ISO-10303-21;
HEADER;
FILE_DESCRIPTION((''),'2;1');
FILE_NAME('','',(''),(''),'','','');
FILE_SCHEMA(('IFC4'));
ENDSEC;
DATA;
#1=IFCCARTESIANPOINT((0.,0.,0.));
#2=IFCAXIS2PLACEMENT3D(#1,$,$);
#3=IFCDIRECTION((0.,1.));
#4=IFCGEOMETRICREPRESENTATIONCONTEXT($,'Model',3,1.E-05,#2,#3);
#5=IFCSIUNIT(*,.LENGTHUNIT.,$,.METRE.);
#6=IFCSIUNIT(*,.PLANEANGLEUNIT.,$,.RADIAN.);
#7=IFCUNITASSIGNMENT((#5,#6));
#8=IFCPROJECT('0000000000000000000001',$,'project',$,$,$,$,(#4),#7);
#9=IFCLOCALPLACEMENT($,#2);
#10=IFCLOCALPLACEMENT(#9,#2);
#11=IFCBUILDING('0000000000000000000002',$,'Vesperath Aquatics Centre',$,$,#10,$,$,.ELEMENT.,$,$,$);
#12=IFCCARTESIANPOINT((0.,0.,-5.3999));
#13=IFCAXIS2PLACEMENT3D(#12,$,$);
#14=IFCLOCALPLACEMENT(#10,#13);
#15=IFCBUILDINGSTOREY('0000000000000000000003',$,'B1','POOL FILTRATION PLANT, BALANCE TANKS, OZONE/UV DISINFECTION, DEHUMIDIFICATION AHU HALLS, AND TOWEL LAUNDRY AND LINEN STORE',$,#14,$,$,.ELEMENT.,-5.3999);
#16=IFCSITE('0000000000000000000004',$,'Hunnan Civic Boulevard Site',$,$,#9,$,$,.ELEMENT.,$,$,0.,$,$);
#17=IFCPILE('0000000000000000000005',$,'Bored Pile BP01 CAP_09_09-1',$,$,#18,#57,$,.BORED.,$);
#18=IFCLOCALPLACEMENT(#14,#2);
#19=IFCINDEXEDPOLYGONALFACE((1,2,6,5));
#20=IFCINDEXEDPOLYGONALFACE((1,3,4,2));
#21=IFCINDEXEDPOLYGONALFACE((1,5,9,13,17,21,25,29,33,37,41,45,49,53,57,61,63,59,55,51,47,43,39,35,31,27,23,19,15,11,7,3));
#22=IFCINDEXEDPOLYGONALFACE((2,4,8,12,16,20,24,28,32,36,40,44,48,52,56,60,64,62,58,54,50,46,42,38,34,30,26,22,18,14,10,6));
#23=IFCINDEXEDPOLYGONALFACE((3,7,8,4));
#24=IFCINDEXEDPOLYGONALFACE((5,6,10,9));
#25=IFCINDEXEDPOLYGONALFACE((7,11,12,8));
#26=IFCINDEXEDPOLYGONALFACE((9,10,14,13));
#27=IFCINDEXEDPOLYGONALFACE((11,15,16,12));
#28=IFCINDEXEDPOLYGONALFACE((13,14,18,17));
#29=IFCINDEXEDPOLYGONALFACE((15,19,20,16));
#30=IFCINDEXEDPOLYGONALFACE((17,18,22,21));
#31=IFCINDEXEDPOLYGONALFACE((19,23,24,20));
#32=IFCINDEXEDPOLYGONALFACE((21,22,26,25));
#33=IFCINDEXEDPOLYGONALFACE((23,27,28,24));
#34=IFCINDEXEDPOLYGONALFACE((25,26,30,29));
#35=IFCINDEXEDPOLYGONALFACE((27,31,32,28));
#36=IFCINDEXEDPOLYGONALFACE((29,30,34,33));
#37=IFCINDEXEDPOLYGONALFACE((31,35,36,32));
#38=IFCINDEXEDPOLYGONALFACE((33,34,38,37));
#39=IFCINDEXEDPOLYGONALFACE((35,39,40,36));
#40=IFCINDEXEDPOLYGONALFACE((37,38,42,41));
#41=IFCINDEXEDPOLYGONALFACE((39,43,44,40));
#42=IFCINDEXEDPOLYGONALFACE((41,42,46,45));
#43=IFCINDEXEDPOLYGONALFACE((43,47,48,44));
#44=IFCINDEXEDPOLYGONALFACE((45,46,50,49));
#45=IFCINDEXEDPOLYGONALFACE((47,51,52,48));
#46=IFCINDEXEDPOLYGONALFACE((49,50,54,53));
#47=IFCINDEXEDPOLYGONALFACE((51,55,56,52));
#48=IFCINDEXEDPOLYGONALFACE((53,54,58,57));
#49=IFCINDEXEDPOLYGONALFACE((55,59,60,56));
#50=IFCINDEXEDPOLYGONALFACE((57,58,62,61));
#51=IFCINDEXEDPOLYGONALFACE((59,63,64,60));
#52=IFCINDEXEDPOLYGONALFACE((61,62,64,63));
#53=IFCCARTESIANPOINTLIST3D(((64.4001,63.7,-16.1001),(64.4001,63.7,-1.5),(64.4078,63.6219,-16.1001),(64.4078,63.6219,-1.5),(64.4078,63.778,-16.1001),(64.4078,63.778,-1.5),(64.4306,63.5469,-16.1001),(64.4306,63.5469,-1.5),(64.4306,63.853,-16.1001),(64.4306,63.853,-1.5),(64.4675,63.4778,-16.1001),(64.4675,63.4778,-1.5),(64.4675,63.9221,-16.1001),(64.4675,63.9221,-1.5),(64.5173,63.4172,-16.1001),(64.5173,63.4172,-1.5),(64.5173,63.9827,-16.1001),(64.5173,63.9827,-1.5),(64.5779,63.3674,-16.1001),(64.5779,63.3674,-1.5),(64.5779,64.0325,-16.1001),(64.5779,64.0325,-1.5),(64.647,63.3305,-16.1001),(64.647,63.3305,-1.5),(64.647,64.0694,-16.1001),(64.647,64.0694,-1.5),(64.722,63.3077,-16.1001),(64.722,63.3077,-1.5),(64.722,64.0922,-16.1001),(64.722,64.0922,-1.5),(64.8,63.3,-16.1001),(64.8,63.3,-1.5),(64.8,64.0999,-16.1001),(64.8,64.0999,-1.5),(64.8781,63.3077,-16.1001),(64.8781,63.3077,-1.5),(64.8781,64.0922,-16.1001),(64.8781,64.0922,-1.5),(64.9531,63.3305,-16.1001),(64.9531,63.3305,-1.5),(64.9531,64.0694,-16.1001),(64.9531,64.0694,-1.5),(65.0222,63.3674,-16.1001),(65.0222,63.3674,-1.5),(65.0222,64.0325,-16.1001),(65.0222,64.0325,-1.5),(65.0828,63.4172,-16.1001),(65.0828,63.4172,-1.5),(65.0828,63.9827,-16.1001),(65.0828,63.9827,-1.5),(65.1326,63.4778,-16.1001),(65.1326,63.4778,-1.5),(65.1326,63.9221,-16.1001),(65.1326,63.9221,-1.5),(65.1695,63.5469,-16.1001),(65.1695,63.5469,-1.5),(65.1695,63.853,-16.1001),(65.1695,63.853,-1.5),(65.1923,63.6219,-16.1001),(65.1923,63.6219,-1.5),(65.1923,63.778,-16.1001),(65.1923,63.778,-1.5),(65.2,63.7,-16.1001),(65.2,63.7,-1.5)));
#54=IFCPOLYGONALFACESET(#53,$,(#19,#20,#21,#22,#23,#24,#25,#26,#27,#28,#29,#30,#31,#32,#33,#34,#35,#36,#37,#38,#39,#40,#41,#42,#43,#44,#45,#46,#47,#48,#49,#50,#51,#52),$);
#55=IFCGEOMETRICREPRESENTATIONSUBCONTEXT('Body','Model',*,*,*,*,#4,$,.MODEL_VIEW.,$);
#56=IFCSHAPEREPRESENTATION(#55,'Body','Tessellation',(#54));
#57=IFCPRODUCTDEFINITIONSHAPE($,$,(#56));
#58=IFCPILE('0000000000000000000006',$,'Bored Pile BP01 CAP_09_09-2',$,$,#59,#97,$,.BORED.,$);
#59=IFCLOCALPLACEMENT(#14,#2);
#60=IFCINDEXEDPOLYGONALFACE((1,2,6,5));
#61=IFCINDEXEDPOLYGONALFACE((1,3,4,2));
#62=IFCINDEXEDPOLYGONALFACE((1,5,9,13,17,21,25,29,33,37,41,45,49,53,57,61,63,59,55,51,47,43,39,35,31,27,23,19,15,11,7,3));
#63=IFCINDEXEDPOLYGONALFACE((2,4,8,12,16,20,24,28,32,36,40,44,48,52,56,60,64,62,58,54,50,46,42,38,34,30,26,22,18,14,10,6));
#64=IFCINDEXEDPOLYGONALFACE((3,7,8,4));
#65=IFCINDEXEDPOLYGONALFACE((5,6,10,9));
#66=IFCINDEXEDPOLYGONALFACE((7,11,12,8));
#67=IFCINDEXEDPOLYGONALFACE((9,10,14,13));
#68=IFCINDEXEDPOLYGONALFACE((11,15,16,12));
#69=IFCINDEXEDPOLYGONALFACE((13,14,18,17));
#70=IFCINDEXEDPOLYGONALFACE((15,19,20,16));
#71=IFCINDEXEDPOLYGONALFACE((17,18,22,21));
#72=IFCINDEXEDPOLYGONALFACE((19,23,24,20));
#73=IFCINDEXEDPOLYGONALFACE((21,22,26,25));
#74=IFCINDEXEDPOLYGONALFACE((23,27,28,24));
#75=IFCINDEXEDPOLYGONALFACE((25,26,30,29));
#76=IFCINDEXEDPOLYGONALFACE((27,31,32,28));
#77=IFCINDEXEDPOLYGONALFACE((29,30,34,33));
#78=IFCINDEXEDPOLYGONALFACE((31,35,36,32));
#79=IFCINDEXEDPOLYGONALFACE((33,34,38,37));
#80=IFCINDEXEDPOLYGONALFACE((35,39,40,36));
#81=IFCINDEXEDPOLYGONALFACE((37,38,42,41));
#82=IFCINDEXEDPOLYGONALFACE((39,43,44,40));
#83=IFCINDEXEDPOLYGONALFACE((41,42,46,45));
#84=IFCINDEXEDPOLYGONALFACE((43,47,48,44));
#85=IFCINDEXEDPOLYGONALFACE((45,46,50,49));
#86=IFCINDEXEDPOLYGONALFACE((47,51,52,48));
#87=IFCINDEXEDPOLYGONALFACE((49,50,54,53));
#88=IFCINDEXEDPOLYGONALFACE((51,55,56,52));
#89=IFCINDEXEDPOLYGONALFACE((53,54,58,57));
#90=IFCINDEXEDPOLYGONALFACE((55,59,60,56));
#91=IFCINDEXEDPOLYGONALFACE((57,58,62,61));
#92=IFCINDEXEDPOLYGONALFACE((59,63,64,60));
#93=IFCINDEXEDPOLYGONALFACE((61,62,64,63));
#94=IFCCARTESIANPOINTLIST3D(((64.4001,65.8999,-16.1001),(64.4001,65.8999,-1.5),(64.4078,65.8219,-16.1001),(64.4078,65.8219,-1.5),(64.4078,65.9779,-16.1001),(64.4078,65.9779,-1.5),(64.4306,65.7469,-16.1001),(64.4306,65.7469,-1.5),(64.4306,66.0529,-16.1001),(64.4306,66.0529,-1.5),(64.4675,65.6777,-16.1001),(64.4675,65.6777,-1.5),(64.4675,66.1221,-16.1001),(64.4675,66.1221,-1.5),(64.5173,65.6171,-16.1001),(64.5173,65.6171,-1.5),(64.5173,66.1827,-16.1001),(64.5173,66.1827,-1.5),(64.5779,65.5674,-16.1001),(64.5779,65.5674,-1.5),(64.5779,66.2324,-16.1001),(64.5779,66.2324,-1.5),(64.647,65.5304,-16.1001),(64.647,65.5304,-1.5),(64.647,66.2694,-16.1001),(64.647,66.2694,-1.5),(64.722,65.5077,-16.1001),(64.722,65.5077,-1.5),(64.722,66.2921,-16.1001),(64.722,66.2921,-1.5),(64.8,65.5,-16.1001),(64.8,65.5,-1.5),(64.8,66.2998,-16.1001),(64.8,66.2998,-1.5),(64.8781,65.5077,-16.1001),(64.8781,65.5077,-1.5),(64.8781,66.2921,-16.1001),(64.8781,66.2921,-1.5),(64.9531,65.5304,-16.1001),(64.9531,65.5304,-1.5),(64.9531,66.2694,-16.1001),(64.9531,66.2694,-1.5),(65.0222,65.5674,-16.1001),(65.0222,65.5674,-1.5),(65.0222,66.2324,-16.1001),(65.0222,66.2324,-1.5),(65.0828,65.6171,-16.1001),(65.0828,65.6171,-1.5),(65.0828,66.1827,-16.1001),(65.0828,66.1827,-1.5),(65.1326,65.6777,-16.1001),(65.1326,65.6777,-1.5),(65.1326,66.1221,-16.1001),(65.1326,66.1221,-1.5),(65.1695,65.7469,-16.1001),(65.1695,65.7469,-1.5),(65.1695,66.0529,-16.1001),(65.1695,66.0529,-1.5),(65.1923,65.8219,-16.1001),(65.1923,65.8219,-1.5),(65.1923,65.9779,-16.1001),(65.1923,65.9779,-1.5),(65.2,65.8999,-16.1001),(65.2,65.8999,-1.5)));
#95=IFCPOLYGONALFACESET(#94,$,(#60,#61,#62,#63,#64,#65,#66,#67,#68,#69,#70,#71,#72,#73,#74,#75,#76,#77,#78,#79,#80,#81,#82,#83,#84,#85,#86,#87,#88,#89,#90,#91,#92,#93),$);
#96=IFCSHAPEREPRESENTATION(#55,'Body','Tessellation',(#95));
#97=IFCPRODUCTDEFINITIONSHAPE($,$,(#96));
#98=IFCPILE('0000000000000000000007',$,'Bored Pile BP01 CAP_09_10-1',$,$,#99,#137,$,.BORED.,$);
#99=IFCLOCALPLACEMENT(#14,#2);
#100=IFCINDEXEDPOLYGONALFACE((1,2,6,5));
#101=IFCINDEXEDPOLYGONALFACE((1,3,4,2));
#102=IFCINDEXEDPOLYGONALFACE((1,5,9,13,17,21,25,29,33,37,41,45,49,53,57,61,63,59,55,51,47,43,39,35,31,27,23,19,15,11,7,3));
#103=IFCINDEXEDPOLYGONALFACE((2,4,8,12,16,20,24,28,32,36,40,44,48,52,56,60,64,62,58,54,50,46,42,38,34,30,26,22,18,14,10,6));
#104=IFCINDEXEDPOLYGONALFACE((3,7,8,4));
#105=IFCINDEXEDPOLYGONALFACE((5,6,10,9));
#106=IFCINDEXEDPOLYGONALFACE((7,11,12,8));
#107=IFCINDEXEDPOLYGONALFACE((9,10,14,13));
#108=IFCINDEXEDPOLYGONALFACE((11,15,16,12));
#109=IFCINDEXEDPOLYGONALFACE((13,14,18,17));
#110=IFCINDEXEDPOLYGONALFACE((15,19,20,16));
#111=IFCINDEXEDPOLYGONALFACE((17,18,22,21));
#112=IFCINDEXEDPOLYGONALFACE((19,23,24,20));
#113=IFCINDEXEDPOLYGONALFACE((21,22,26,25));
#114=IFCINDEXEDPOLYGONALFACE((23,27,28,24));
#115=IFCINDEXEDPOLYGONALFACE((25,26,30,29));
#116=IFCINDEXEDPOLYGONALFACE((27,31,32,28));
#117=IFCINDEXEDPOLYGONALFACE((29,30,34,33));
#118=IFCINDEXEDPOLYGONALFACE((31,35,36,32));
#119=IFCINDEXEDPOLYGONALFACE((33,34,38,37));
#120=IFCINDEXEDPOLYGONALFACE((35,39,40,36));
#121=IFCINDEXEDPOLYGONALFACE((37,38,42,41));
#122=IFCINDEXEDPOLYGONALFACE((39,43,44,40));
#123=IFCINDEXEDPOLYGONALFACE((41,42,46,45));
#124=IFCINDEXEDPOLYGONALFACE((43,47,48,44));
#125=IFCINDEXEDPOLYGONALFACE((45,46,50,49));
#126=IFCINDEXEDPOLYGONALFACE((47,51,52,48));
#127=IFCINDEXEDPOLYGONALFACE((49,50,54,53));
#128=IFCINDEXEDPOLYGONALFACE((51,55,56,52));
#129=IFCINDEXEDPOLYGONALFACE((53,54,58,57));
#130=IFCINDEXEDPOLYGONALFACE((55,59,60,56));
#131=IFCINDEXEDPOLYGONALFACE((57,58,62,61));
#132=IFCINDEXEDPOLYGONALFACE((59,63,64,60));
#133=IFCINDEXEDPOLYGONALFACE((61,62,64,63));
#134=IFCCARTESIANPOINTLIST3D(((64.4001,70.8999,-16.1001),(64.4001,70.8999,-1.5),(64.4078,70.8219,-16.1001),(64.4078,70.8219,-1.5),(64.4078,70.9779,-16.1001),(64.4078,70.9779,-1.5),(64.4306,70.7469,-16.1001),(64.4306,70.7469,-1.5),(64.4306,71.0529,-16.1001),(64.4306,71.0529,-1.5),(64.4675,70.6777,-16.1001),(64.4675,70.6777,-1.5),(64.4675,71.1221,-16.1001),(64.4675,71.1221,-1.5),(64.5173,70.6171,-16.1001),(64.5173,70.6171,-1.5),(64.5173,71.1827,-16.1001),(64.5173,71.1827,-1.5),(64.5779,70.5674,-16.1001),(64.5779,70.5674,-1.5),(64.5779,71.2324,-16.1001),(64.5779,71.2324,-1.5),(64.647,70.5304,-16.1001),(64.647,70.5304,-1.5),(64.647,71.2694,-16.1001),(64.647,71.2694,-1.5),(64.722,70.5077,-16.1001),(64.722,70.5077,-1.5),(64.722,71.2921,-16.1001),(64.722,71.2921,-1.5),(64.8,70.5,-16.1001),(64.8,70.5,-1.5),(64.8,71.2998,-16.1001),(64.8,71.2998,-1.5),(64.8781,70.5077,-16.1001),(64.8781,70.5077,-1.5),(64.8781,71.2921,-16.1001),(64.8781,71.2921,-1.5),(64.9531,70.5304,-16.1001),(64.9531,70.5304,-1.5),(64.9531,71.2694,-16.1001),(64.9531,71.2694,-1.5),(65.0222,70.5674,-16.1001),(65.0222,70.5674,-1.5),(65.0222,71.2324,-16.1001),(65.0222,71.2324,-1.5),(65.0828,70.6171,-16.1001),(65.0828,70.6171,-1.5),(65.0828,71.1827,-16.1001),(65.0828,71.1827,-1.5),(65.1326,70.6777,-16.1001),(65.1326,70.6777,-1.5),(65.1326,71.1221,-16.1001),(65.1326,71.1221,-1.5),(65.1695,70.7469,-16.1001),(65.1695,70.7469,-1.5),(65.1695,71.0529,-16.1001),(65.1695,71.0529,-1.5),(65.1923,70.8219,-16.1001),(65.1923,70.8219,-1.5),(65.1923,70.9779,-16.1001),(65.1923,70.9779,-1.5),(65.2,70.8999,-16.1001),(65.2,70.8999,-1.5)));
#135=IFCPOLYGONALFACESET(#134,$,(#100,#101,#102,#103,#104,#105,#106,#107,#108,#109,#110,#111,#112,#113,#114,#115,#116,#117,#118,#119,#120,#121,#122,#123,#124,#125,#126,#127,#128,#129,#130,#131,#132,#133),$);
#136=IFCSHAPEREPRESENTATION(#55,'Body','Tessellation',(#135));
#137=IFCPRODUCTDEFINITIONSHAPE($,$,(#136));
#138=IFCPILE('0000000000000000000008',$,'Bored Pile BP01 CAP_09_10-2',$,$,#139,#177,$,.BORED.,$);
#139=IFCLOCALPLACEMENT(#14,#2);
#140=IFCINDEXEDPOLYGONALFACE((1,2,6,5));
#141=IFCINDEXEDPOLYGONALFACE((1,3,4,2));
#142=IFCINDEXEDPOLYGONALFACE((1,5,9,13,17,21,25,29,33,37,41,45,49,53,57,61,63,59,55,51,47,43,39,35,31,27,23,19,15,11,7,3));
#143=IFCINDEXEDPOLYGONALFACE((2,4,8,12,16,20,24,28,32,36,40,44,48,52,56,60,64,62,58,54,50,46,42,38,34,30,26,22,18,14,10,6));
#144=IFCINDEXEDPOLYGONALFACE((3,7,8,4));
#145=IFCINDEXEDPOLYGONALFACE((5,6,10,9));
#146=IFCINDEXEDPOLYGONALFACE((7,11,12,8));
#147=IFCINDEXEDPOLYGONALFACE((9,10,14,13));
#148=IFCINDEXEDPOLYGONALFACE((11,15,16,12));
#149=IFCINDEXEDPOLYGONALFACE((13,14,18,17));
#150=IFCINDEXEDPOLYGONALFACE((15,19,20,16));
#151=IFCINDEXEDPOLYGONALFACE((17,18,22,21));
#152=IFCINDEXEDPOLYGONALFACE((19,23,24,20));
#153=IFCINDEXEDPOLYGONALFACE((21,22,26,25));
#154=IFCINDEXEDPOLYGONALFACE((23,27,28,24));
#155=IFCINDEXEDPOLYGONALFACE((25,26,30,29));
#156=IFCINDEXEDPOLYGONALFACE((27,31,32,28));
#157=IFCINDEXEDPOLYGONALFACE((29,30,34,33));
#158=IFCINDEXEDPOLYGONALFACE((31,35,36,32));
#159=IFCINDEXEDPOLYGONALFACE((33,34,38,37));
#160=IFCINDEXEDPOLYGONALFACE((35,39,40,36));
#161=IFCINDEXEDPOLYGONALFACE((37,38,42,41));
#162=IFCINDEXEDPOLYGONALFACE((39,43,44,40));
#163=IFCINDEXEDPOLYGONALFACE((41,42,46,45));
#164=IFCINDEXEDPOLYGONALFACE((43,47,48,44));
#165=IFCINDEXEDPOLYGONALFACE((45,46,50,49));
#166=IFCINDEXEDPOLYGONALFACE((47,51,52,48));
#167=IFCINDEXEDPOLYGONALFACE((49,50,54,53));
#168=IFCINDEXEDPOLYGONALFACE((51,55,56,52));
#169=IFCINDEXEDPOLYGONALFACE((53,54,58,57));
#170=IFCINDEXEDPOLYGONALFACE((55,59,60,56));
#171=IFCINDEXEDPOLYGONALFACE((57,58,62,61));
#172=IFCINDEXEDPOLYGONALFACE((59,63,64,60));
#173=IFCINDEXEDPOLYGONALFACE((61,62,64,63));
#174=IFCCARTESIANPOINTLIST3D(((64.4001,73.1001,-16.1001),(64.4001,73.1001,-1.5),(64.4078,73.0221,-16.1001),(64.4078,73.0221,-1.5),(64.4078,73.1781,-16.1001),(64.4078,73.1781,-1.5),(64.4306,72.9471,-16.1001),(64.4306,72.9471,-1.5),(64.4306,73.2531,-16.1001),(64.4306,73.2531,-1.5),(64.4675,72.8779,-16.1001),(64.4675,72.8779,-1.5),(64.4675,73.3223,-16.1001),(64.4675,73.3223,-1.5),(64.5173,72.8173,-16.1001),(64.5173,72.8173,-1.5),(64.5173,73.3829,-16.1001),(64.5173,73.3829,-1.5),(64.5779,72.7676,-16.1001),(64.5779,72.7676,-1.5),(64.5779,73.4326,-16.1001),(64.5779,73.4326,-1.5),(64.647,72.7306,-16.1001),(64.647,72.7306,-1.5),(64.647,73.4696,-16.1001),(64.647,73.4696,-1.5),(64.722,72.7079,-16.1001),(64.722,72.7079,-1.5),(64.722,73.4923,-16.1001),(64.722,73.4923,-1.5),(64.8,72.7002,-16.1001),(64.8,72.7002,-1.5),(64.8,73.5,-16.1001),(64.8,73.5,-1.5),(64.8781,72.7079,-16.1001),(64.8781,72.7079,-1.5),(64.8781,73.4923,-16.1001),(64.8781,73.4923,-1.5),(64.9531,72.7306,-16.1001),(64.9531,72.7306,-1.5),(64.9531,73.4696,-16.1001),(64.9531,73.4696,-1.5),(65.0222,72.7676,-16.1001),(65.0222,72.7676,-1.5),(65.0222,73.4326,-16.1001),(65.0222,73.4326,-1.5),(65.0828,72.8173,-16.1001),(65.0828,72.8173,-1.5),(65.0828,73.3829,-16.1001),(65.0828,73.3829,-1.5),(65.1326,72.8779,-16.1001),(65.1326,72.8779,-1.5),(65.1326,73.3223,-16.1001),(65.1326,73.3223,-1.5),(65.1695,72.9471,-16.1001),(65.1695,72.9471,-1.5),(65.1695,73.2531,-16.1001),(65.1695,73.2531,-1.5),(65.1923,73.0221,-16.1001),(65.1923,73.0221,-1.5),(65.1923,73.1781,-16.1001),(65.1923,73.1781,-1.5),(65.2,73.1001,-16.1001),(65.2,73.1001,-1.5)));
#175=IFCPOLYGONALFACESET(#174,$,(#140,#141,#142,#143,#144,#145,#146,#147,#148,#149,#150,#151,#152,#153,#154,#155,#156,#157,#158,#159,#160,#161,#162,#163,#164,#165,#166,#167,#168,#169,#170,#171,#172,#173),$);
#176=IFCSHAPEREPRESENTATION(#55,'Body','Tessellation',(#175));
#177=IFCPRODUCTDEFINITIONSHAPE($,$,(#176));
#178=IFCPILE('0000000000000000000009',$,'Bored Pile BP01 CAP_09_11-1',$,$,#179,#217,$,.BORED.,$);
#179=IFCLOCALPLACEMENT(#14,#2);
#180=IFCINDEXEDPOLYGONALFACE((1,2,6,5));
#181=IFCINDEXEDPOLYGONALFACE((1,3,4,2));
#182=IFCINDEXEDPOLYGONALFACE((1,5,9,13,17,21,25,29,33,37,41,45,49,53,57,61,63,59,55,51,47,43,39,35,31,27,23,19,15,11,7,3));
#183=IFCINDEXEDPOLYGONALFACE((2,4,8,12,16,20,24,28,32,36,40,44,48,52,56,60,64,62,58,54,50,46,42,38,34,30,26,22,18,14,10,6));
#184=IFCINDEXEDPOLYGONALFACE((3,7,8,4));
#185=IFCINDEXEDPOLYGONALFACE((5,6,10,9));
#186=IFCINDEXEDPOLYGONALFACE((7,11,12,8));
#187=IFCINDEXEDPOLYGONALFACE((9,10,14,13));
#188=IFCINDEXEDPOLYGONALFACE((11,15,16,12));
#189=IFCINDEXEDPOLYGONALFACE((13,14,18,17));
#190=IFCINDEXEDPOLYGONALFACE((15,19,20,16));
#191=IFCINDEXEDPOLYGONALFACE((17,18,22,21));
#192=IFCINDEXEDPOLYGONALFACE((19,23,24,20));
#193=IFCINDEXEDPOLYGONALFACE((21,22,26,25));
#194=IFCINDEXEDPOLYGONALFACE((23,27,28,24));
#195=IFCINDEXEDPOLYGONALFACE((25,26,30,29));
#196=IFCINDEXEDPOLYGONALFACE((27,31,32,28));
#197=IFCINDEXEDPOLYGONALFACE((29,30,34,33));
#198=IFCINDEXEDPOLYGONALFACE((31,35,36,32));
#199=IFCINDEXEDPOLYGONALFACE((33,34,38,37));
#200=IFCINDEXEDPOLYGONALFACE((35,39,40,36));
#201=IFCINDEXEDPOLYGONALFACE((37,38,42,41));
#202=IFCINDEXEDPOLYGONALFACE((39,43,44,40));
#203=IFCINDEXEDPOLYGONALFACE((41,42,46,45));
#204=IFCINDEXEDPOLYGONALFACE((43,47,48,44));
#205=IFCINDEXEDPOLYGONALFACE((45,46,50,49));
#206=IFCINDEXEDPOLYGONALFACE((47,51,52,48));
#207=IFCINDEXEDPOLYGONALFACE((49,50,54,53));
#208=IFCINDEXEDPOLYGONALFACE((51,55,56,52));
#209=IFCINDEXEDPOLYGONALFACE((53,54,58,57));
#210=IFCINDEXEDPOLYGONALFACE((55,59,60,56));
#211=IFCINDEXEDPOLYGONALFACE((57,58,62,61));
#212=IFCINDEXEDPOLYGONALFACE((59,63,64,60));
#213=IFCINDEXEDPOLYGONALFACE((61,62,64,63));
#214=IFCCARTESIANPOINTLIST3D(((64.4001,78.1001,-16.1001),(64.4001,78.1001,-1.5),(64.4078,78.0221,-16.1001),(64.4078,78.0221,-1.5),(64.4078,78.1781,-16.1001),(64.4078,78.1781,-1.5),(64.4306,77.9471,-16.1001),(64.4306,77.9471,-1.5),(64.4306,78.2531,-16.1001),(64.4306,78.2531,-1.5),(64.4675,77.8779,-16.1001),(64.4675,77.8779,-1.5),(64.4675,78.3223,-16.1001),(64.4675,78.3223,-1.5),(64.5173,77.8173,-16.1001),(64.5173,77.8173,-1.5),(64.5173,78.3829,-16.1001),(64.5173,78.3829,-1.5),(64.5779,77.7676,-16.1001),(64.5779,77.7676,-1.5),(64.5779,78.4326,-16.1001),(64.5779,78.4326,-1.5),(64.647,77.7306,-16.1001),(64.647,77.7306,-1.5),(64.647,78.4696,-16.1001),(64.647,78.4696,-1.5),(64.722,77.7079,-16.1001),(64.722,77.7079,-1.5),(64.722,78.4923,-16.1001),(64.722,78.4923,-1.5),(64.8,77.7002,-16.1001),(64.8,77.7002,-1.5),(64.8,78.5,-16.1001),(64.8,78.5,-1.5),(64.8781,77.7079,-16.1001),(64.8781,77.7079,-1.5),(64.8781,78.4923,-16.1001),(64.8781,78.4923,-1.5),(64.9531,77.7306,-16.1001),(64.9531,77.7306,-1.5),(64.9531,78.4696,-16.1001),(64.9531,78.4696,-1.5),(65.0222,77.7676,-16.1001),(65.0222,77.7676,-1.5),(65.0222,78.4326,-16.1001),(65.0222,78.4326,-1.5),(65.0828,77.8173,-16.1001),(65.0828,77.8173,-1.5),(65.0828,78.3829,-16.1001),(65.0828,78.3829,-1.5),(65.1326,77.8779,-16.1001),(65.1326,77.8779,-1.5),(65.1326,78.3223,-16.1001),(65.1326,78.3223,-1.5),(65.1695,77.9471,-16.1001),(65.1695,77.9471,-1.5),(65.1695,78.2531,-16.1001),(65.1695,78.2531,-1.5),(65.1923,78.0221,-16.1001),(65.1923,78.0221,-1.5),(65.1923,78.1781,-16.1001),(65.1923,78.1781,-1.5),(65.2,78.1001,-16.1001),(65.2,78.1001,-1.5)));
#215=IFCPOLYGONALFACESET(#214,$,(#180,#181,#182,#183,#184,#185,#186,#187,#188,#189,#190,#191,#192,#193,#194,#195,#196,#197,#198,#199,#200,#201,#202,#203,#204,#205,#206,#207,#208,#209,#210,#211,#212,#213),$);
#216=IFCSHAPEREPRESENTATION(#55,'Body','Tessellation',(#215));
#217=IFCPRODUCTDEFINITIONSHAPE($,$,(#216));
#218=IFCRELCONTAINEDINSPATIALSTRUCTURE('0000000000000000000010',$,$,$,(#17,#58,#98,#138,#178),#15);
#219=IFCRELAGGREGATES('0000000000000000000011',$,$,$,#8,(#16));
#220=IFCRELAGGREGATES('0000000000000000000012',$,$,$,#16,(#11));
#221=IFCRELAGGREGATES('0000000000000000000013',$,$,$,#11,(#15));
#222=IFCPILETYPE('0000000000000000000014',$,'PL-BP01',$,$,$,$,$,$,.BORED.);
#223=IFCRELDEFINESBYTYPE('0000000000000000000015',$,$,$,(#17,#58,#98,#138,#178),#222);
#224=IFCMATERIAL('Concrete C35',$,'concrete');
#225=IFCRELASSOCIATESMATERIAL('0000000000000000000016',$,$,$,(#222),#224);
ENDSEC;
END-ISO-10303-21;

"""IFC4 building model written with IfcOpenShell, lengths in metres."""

from ifc_helpers import new_model, si_unit, direction, frame, origin, origin_2d, place, context, subcontext, project, spatial, circle, extrude, material, material_profile, profile_set, type_object, element, save


model = new_model("IFC4")

# Units and contexts
model_context = context("Model", 3, precision=1e-05, world=origin(), true_north=direction((0.0, 1.0)))
body_context = subcontext(model_context, "Body", "Model", "MODEL_VIEW")
ifc_project = project(units=[si_unit("LENGTHUNIT", "METRE"), si_unit("PLANEANGLEUNIT", "RADIAN")], contexts=[model_context])

# Site, building, storey
site_placement = place(None, origin())
site = spatial("IfcSite", under=ifc_project, at=site_placement, Name="Hunnan Civic Boulevard Site", CompositionType="ELEMENT", RefElevation=0.0)
building_placement = place(site_placement, origin())
building = spatial("IfcBuilding", under=site, at=building_placement, Name="Vesperath Aquatics Centre", CompositionType="ELEMENT")
storey_placement = place(building_placement, frame((0.0, 0.0, -5.3999)))
storey = spatial("IfcBuildingStorey", under=building, at=storey_placement, Name="B1", Description="POOL FILTRATION PLANT, BALANCE TANKS, OZONE/UV DISINFECTION, DEHUMIDIFICATION AHU HALLS, AND TOWEL LAUNDRY AND LINEN STORE", CompositionType="ELEMENT", Elevation=-5.3999)

# Piles
ifc_material_1 = material(Name="Concrete C35", Category="concrete")
ifc_material_profile_1 = material_profile(ifc_material_1, circle(Radius=0.3999, at=origin_2d()), Name="PILE D800")
ifc_profile_set_1 = profile_set([ifc_material_profile_1], Name="Concrete C35")
pile_type = type_object("IfcPileType", Name="PL-BP01", PredefinedType="BORED", material=ifc_profile_set_1)
for number, where, z_axis, x_axis, name in (
    (1, (64.8, 63.7, -1.5), (0.0, 0.0, -1.0), (1.0, 0.0, 0.0), "Bored Pile BP01 CAP_09_09-1"),
    (2, (64.8, 65.8999, -1.5), (0.0, 0.0, -1.0), (1.0, 0.0, 0.0), "Bored Pile BP01 CAP_09_09-2"),
    (3, (64.8, 70.8999, -1.5), (0.0, 0.0, -1.0), (1.0, 0.0, 0.0), "Bored Pile BP01 CAP_09_10-1"),
    (4, (64.8, 73.1001, -1.5), (0.0, 0.0, -1.0), (1.0, 0.0, 0.0), "Bored Pile BP01 CAP_09_10-2"),
    (5, (64.8, 78.1001, -1.5), (0.0, 0.0, -1.0), (1.0, 0.0, 0.0), "Bored Pile BP01 CAP_09_11-1"),
):
    element("IfcPile", number, at=place(storey_placement, frame(where, z_axis=z_axis, x_axis=x_axis)), inside=storey, type_object=pile_type, Name=name, PredefinedType="BORED", context=body_context, shape_type="SweptSolid", body=[
        extrude(circle(Radius=0.3999, at=origin_2d()), origin(), (0.0, 0.0, 1.0), 14.6001),
    ])

save(model, "model.ifc")
